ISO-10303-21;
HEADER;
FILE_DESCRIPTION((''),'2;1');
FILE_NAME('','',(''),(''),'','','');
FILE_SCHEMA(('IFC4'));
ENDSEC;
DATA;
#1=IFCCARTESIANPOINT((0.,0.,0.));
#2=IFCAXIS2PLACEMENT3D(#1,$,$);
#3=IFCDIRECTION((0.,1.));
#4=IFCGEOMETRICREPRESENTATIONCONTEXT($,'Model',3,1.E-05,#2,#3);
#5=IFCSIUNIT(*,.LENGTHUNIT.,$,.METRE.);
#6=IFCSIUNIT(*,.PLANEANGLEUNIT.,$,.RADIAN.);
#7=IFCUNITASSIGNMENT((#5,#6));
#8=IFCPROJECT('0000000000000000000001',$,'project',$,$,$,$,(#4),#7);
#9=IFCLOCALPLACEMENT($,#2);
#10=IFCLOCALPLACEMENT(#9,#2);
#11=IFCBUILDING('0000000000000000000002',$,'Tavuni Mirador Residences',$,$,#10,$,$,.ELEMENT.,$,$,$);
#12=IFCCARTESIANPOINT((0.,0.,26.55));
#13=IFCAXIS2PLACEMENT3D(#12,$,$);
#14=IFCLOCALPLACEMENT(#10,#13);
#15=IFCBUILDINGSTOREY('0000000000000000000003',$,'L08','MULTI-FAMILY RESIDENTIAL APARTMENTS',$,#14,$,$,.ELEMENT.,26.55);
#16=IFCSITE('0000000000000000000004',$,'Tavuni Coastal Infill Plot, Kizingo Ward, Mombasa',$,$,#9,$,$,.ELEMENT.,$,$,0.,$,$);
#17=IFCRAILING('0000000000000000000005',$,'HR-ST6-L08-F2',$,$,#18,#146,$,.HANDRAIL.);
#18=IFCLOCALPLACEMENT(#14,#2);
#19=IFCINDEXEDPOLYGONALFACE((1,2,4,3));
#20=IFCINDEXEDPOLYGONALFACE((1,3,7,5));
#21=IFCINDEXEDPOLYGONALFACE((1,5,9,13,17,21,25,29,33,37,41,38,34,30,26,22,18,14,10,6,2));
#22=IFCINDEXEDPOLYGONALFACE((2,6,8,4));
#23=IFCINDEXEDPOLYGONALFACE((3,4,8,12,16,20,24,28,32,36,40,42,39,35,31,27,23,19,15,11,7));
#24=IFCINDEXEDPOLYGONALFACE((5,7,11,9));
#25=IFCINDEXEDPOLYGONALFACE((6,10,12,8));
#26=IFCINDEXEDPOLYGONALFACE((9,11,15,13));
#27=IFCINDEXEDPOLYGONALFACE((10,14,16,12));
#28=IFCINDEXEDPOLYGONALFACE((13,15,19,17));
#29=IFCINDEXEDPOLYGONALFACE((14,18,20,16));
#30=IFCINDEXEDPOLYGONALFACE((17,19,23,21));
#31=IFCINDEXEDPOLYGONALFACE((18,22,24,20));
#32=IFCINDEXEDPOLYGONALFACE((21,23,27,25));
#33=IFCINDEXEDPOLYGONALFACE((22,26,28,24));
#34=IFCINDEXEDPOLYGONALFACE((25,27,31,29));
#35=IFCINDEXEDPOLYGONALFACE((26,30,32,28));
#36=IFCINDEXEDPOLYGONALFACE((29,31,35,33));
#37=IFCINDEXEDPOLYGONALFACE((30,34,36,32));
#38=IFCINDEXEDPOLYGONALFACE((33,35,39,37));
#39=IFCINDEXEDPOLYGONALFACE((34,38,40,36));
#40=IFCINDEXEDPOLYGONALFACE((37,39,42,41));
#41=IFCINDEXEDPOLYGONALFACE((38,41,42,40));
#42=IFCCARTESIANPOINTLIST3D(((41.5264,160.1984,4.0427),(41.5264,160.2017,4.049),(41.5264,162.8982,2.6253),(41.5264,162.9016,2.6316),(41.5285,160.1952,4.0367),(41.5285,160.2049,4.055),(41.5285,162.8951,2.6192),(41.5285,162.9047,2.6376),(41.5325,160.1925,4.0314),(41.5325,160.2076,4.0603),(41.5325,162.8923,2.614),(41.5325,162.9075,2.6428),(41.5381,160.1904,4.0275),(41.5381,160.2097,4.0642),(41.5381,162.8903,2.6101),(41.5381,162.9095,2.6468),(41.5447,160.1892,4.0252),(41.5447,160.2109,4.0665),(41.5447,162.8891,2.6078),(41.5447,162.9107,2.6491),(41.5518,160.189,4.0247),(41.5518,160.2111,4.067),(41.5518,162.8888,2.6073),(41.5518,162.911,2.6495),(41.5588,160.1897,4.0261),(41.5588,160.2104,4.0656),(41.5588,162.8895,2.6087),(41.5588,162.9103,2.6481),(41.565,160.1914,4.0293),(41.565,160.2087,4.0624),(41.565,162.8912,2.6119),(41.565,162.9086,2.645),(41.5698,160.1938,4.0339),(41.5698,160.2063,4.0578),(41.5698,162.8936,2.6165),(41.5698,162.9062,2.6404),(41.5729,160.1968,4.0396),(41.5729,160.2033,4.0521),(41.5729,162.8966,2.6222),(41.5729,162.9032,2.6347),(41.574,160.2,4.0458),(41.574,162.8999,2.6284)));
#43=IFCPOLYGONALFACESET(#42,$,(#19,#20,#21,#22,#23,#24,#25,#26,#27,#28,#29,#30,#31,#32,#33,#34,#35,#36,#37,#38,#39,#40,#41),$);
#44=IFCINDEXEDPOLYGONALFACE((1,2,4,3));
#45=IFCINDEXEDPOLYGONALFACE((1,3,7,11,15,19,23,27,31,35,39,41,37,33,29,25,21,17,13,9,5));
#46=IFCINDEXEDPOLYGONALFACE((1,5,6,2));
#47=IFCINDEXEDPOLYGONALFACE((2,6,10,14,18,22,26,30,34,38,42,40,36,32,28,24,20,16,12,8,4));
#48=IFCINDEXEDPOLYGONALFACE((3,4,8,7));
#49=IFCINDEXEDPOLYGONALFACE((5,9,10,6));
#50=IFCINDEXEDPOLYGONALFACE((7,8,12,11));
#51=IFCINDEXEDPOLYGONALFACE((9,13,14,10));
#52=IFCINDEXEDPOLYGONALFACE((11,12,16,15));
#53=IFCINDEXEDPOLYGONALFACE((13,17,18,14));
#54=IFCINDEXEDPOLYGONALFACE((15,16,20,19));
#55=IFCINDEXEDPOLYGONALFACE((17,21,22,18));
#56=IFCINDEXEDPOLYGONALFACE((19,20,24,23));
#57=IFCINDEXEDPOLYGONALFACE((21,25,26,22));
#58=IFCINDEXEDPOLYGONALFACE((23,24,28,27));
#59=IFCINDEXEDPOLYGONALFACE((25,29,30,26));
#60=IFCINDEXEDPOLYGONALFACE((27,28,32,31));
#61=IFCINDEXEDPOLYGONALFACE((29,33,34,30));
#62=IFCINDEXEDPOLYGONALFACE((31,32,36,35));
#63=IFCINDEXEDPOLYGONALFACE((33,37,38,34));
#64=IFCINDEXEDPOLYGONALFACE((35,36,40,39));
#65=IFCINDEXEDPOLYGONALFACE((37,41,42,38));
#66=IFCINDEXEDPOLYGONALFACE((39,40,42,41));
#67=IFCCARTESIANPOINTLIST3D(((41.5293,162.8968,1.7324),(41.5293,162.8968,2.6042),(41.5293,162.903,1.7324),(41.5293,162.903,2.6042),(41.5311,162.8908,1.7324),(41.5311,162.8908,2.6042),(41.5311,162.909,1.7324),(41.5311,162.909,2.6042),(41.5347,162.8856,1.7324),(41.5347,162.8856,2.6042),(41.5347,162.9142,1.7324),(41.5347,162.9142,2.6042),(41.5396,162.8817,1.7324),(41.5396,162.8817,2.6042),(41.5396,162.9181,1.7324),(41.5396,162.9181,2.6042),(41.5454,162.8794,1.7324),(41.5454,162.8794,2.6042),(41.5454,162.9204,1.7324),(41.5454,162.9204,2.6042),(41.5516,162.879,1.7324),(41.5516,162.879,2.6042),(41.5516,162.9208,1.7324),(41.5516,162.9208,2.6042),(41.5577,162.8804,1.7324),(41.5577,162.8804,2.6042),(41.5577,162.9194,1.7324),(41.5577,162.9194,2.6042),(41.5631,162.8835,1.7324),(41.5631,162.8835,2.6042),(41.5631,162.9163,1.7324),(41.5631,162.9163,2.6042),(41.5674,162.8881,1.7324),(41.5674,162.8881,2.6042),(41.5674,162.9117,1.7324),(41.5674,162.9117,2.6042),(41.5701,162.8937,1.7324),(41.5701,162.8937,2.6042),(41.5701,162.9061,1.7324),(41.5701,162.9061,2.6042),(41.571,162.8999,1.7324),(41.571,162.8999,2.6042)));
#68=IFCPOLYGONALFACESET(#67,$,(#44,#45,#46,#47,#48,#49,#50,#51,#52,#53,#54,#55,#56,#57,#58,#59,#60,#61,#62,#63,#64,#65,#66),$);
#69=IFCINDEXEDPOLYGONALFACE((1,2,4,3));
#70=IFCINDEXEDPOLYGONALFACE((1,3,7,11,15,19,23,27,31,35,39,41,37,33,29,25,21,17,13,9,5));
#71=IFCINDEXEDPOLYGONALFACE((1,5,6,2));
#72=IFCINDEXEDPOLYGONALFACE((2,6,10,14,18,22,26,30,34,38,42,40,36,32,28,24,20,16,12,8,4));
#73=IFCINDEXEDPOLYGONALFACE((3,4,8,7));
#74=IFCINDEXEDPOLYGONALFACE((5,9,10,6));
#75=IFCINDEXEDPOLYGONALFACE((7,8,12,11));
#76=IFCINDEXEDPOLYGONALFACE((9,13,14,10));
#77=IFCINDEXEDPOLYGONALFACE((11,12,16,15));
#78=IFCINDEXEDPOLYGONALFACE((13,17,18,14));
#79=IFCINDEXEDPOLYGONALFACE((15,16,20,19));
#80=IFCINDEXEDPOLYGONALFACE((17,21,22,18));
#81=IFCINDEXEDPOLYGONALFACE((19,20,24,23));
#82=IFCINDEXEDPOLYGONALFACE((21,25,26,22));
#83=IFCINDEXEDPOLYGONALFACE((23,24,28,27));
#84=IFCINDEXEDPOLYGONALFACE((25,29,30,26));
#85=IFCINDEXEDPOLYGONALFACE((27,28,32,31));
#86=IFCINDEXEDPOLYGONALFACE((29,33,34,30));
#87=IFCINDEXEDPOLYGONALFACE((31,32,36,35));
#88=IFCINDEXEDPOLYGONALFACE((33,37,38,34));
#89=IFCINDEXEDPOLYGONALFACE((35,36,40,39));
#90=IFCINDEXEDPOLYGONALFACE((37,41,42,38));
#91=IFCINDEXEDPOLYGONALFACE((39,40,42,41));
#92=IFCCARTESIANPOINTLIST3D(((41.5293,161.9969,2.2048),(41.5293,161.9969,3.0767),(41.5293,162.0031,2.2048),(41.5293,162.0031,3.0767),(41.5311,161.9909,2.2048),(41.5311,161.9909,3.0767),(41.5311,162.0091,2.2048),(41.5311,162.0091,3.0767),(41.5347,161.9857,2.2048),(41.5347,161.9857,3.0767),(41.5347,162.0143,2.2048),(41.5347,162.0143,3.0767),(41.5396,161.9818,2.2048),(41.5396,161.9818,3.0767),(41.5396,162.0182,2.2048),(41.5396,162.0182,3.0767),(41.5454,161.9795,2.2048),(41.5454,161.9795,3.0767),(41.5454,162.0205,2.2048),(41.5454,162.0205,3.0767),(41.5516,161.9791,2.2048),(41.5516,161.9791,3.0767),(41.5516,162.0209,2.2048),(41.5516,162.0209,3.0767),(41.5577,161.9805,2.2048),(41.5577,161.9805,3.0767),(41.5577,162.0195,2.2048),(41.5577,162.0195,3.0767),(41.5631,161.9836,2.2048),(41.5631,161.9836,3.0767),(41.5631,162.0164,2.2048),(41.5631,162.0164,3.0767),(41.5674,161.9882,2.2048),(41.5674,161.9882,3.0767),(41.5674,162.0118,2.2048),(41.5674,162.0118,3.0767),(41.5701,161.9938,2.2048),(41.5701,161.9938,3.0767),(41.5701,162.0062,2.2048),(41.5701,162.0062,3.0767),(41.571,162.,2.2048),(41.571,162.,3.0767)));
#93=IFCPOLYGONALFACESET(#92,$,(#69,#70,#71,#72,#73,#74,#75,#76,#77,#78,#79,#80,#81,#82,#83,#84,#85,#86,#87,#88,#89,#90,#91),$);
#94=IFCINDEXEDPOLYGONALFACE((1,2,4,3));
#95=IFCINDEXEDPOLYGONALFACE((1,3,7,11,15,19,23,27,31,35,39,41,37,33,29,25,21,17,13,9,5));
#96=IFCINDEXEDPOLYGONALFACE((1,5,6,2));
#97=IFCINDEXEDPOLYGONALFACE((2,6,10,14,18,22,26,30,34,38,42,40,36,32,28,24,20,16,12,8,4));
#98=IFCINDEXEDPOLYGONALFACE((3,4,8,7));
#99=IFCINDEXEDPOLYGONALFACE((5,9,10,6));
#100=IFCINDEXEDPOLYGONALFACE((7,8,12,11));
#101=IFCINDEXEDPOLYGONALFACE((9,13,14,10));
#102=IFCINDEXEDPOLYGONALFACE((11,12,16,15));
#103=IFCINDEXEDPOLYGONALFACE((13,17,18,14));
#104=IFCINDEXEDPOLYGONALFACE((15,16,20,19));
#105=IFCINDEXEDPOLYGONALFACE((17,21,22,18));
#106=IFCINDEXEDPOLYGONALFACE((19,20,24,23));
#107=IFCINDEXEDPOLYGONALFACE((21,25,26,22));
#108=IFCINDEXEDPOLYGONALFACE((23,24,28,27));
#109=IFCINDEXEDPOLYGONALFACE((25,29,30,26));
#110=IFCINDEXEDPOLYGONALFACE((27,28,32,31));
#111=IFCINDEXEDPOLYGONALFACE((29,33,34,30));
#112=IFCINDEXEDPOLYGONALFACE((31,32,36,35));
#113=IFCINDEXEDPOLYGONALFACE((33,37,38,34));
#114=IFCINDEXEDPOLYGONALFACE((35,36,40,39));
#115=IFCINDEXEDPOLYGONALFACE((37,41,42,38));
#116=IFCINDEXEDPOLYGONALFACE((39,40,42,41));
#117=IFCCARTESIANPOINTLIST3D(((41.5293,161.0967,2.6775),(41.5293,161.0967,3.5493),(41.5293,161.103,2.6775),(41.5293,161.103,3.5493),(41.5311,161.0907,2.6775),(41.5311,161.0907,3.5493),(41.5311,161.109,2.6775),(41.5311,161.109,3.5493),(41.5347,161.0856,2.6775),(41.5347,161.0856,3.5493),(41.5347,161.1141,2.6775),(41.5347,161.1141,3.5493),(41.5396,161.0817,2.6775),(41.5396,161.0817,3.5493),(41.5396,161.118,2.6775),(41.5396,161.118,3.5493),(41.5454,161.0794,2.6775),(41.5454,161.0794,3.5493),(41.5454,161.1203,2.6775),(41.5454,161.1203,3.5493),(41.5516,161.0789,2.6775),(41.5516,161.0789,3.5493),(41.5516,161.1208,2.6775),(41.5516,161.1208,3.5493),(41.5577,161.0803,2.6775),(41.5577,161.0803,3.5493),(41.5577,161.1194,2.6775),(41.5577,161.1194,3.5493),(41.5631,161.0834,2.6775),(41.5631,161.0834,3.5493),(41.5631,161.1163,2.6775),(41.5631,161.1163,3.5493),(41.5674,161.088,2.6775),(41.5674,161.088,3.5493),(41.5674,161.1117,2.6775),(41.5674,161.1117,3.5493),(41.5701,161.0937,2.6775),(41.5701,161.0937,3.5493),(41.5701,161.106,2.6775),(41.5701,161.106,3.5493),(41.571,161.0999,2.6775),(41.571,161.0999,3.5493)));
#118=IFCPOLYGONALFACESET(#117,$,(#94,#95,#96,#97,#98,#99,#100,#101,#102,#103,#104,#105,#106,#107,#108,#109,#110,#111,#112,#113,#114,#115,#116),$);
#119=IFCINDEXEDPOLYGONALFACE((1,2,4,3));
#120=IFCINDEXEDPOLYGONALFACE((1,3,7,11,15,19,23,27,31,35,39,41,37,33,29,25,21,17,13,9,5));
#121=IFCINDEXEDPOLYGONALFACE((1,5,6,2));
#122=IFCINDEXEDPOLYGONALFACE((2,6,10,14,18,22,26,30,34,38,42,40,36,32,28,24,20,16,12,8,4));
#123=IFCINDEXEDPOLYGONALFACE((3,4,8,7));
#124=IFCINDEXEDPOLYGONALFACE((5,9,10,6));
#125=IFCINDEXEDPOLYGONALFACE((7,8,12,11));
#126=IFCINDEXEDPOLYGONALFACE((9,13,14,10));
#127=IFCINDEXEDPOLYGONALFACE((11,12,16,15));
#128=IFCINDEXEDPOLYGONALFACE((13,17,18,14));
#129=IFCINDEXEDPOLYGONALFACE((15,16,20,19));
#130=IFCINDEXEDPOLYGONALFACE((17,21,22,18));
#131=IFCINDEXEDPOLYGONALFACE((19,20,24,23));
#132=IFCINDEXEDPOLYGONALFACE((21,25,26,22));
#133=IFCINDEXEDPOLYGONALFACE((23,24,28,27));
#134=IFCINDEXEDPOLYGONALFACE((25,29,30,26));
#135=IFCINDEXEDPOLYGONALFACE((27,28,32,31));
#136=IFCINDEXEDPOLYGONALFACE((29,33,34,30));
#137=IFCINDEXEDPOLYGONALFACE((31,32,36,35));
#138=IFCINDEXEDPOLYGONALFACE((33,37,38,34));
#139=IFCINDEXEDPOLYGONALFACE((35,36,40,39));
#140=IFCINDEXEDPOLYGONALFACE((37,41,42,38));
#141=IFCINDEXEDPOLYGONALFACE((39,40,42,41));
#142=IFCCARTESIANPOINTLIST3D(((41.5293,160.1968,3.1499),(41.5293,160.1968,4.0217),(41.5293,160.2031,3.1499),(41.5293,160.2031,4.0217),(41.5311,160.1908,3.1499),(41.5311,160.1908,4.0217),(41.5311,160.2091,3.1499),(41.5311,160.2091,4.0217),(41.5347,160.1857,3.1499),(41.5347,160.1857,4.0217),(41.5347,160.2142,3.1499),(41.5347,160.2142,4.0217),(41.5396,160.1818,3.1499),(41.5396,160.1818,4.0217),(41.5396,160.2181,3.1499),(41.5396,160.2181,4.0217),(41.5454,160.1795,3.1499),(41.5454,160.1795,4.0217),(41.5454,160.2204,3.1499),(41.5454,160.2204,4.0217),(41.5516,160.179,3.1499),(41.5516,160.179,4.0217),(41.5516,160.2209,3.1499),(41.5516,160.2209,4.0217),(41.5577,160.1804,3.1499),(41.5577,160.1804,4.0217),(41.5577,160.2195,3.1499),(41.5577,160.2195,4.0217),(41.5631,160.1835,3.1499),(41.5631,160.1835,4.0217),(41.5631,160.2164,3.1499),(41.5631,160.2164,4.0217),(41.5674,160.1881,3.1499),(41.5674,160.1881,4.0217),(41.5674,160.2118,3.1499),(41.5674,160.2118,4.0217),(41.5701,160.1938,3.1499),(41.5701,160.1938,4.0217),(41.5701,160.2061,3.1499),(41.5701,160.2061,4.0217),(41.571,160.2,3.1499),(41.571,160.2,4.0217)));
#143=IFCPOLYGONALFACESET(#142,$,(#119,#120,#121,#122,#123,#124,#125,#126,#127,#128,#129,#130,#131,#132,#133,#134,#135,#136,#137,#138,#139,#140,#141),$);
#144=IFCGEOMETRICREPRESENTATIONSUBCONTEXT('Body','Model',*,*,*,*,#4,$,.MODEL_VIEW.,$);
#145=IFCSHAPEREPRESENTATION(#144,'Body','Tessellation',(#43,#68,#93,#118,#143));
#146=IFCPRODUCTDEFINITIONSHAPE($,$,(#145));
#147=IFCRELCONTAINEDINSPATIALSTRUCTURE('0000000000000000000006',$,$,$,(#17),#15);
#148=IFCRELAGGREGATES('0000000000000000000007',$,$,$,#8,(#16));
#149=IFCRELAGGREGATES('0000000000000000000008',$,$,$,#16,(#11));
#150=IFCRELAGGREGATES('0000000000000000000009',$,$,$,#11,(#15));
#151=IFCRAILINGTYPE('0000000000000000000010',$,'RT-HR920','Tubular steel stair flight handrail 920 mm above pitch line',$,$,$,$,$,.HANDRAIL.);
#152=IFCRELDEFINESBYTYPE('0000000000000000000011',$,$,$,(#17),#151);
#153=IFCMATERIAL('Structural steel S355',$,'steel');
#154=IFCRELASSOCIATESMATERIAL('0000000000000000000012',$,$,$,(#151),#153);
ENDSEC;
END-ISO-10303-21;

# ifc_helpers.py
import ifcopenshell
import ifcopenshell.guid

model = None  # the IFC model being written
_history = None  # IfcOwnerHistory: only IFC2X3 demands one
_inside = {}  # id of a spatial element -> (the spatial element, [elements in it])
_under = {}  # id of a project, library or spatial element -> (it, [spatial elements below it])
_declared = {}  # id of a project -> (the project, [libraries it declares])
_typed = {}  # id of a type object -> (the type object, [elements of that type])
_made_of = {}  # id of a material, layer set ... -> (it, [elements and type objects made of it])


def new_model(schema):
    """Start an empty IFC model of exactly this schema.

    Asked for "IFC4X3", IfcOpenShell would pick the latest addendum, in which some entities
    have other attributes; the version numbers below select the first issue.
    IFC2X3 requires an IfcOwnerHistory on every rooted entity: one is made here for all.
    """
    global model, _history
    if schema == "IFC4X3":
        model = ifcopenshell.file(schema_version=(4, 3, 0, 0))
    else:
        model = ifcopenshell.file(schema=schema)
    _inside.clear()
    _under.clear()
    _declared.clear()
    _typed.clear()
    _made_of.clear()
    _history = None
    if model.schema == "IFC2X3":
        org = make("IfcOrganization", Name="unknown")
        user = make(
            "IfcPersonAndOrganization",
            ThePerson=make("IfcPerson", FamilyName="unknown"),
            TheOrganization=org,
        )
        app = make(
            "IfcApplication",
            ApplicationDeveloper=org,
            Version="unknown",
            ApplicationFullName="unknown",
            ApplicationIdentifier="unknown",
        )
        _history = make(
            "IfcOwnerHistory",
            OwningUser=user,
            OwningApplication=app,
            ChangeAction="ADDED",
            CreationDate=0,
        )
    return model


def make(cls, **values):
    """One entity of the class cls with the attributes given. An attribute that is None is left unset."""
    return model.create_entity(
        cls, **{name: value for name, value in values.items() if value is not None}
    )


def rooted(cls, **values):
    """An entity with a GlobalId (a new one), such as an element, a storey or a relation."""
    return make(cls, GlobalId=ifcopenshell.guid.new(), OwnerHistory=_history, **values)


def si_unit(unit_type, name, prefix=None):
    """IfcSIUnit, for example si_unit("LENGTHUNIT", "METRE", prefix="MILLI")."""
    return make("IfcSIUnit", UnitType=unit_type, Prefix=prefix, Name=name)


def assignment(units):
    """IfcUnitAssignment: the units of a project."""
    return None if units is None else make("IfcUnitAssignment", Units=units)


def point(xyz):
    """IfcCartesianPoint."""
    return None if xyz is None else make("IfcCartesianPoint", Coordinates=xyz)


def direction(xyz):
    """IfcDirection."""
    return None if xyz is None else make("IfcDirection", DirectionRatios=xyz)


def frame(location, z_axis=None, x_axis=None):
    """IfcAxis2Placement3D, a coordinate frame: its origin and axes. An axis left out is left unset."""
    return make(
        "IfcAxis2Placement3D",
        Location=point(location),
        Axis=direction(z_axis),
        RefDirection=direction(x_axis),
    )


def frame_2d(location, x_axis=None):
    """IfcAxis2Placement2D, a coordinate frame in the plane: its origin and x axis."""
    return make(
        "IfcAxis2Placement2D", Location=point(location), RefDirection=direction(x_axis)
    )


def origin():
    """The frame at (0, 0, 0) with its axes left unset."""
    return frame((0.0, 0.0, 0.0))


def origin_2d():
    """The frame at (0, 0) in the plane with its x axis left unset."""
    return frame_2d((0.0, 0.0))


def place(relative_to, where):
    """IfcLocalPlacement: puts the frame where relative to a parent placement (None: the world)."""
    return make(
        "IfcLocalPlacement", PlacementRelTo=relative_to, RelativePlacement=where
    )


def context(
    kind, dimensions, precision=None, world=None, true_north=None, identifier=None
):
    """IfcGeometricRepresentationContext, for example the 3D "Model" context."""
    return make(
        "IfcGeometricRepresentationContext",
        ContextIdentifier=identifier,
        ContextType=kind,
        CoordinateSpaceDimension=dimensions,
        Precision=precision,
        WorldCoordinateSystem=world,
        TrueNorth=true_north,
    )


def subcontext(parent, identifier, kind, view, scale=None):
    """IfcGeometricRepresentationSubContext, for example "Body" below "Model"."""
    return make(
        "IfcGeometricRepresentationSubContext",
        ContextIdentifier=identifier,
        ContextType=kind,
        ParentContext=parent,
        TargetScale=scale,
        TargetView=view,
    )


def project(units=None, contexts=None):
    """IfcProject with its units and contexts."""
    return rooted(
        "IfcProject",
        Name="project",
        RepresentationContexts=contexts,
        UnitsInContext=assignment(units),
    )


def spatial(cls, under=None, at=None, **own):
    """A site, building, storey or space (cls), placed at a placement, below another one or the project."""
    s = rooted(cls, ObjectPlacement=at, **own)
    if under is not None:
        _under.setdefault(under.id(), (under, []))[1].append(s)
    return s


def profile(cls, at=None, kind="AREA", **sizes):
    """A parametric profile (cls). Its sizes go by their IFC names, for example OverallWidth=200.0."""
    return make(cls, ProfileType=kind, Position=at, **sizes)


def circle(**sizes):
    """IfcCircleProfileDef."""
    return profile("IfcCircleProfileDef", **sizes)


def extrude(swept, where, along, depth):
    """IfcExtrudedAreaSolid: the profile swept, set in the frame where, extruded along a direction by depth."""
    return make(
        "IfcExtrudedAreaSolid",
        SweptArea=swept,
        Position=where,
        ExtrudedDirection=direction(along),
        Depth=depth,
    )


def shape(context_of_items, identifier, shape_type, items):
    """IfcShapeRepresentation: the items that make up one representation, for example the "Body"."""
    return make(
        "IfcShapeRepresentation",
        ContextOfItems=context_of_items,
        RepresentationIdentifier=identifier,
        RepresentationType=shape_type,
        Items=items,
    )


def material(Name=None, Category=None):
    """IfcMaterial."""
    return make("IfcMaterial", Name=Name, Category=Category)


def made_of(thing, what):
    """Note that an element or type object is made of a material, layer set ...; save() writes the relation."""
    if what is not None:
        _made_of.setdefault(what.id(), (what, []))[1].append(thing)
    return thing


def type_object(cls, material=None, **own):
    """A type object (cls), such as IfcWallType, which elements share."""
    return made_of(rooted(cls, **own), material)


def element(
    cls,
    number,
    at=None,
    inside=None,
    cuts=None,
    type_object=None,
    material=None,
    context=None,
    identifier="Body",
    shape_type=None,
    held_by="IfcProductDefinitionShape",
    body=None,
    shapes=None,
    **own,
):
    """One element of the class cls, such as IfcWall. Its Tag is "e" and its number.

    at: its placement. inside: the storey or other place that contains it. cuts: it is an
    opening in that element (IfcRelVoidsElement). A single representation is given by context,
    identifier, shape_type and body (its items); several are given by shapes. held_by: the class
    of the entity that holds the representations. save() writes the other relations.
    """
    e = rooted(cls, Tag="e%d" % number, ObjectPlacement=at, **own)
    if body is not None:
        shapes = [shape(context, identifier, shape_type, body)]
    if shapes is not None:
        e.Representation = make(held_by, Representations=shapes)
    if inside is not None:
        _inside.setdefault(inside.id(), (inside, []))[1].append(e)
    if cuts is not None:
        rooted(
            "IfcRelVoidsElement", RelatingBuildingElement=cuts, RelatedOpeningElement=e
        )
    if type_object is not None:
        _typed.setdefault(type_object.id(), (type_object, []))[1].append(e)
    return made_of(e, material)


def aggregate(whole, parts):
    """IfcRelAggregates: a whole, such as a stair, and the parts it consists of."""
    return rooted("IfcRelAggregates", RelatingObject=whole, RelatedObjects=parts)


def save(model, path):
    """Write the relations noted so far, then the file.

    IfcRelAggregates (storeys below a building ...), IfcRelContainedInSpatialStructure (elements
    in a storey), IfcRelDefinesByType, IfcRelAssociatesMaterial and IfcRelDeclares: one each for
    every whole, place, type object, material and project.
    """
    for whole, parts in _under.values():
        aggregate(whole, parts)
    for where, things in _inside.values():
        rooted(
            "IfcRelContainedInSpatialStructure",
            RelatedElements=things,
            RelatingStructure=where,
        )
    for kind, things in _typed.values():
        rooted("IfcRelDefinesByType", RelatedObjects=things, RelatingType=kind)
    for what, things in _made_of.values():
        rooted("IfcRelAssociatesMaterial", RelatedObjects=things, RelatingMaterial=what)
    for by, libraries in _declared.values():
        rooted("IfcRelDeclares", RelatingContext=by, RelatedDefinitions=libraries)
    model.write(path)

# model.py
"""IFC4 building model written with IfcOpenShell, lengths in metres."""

from ifc_helpers import new_model, si_unit, direction, frame, origin, origin_2d, place, context, subcontext, project, spatial, circle, extrude, material, type_object, element, save


model = new_model("IFC4")

# Units and contexts
model_context = context("Model", 3, precision=1e-05, world=origin(), true_north=direction((0.0, 1.0)))
body_context = subcontext(model_context, "Body", "Model", "MODEL_VIEW")
ifc_project = project(units=[si_unit("LENGTHUNIT", "METRE"), si_unit("PLANEANGLEUNIT", "RADIAN")], contexts=[model_context])

# Site, building, storey
site_placement = place(None, origin())
site = spatial("IfcSite", under=ifc_project, at=site_placement, Name="Tavuni Coastal Infill Plot, Kizingo Ward, Mombasa", CompositionType="ELEMENT", RefElevation=0.0)
building_placement = place(site_placement, origin())
building = spatial("IfcBuilding", under=site, at=building_placement, Name="Tavuni Mirador Residences", CompositionType="ELEMENT")
storey_placement = place(building_placement, frame((0.0, 0.0, 26.55)))
storey = spatial("IfcBuildingStorey", under=building, at=storey_placement, Name="L08", Description="MULTI-FAMILY RESIDENTIAL APARTMENTS", CompositionType="ELEMENT", Elevation=26.55)

# Shared definitions
ifc_material_1 = material(Name="Structural steel S355", Category="steel")

# Railing
railing_type_1 = type_object("IfcRailingType", Name="RT-HR920", Description="Tubular steel stair flight handrail 920 mm above pitch line", PredefinedType="HANDRAIL", material=ifc_material_1)
railing_1_placement = place(storey_placement, frame((41.55, 162.8999, 1.7324)))
element("IfcRailing", 1, at=railing_1_placement, inside=storey, type_object=railing_type_1, Name="HR-ST6-L08-F2", PredefinedType="HANDRAIL", context=body_context, shape_type="SweptSolid", body=[
    extrude(circle(Radius=0.0239, at=origin_2d()), frame((0.0, 0.0, 0.896), z_axis=(0.0, -0.885397, 0.464835), x_axis=(1.0, 0.0, 0.0)), (0.0, 0.0, 1.0), 3.0493),
    extrude(circle(Radius=0.021, at=origin_2d()), origin(), (0.0, 0.0, 1.0), 0.8718),
    extrude(circle(Radius=0.021, at=origin_2d()), frame((0.0, -0.8999, 0.4724)), (0.0, 0.0, 1.0), 0.8718),
    extrude(circle(Radius=0.021, at=origin_2d()), frame((0.0, -1.8, 0.9451)), (0.0, 0.0, 1.0), 0.8718),
    extrude(circle(Radius=0.021, at=origin_2d()), frame((0.0, -2.7, 1.4175)), (0.0, 0.0, 1.0), 0.8718),
])

save(model, "model.ifc")
